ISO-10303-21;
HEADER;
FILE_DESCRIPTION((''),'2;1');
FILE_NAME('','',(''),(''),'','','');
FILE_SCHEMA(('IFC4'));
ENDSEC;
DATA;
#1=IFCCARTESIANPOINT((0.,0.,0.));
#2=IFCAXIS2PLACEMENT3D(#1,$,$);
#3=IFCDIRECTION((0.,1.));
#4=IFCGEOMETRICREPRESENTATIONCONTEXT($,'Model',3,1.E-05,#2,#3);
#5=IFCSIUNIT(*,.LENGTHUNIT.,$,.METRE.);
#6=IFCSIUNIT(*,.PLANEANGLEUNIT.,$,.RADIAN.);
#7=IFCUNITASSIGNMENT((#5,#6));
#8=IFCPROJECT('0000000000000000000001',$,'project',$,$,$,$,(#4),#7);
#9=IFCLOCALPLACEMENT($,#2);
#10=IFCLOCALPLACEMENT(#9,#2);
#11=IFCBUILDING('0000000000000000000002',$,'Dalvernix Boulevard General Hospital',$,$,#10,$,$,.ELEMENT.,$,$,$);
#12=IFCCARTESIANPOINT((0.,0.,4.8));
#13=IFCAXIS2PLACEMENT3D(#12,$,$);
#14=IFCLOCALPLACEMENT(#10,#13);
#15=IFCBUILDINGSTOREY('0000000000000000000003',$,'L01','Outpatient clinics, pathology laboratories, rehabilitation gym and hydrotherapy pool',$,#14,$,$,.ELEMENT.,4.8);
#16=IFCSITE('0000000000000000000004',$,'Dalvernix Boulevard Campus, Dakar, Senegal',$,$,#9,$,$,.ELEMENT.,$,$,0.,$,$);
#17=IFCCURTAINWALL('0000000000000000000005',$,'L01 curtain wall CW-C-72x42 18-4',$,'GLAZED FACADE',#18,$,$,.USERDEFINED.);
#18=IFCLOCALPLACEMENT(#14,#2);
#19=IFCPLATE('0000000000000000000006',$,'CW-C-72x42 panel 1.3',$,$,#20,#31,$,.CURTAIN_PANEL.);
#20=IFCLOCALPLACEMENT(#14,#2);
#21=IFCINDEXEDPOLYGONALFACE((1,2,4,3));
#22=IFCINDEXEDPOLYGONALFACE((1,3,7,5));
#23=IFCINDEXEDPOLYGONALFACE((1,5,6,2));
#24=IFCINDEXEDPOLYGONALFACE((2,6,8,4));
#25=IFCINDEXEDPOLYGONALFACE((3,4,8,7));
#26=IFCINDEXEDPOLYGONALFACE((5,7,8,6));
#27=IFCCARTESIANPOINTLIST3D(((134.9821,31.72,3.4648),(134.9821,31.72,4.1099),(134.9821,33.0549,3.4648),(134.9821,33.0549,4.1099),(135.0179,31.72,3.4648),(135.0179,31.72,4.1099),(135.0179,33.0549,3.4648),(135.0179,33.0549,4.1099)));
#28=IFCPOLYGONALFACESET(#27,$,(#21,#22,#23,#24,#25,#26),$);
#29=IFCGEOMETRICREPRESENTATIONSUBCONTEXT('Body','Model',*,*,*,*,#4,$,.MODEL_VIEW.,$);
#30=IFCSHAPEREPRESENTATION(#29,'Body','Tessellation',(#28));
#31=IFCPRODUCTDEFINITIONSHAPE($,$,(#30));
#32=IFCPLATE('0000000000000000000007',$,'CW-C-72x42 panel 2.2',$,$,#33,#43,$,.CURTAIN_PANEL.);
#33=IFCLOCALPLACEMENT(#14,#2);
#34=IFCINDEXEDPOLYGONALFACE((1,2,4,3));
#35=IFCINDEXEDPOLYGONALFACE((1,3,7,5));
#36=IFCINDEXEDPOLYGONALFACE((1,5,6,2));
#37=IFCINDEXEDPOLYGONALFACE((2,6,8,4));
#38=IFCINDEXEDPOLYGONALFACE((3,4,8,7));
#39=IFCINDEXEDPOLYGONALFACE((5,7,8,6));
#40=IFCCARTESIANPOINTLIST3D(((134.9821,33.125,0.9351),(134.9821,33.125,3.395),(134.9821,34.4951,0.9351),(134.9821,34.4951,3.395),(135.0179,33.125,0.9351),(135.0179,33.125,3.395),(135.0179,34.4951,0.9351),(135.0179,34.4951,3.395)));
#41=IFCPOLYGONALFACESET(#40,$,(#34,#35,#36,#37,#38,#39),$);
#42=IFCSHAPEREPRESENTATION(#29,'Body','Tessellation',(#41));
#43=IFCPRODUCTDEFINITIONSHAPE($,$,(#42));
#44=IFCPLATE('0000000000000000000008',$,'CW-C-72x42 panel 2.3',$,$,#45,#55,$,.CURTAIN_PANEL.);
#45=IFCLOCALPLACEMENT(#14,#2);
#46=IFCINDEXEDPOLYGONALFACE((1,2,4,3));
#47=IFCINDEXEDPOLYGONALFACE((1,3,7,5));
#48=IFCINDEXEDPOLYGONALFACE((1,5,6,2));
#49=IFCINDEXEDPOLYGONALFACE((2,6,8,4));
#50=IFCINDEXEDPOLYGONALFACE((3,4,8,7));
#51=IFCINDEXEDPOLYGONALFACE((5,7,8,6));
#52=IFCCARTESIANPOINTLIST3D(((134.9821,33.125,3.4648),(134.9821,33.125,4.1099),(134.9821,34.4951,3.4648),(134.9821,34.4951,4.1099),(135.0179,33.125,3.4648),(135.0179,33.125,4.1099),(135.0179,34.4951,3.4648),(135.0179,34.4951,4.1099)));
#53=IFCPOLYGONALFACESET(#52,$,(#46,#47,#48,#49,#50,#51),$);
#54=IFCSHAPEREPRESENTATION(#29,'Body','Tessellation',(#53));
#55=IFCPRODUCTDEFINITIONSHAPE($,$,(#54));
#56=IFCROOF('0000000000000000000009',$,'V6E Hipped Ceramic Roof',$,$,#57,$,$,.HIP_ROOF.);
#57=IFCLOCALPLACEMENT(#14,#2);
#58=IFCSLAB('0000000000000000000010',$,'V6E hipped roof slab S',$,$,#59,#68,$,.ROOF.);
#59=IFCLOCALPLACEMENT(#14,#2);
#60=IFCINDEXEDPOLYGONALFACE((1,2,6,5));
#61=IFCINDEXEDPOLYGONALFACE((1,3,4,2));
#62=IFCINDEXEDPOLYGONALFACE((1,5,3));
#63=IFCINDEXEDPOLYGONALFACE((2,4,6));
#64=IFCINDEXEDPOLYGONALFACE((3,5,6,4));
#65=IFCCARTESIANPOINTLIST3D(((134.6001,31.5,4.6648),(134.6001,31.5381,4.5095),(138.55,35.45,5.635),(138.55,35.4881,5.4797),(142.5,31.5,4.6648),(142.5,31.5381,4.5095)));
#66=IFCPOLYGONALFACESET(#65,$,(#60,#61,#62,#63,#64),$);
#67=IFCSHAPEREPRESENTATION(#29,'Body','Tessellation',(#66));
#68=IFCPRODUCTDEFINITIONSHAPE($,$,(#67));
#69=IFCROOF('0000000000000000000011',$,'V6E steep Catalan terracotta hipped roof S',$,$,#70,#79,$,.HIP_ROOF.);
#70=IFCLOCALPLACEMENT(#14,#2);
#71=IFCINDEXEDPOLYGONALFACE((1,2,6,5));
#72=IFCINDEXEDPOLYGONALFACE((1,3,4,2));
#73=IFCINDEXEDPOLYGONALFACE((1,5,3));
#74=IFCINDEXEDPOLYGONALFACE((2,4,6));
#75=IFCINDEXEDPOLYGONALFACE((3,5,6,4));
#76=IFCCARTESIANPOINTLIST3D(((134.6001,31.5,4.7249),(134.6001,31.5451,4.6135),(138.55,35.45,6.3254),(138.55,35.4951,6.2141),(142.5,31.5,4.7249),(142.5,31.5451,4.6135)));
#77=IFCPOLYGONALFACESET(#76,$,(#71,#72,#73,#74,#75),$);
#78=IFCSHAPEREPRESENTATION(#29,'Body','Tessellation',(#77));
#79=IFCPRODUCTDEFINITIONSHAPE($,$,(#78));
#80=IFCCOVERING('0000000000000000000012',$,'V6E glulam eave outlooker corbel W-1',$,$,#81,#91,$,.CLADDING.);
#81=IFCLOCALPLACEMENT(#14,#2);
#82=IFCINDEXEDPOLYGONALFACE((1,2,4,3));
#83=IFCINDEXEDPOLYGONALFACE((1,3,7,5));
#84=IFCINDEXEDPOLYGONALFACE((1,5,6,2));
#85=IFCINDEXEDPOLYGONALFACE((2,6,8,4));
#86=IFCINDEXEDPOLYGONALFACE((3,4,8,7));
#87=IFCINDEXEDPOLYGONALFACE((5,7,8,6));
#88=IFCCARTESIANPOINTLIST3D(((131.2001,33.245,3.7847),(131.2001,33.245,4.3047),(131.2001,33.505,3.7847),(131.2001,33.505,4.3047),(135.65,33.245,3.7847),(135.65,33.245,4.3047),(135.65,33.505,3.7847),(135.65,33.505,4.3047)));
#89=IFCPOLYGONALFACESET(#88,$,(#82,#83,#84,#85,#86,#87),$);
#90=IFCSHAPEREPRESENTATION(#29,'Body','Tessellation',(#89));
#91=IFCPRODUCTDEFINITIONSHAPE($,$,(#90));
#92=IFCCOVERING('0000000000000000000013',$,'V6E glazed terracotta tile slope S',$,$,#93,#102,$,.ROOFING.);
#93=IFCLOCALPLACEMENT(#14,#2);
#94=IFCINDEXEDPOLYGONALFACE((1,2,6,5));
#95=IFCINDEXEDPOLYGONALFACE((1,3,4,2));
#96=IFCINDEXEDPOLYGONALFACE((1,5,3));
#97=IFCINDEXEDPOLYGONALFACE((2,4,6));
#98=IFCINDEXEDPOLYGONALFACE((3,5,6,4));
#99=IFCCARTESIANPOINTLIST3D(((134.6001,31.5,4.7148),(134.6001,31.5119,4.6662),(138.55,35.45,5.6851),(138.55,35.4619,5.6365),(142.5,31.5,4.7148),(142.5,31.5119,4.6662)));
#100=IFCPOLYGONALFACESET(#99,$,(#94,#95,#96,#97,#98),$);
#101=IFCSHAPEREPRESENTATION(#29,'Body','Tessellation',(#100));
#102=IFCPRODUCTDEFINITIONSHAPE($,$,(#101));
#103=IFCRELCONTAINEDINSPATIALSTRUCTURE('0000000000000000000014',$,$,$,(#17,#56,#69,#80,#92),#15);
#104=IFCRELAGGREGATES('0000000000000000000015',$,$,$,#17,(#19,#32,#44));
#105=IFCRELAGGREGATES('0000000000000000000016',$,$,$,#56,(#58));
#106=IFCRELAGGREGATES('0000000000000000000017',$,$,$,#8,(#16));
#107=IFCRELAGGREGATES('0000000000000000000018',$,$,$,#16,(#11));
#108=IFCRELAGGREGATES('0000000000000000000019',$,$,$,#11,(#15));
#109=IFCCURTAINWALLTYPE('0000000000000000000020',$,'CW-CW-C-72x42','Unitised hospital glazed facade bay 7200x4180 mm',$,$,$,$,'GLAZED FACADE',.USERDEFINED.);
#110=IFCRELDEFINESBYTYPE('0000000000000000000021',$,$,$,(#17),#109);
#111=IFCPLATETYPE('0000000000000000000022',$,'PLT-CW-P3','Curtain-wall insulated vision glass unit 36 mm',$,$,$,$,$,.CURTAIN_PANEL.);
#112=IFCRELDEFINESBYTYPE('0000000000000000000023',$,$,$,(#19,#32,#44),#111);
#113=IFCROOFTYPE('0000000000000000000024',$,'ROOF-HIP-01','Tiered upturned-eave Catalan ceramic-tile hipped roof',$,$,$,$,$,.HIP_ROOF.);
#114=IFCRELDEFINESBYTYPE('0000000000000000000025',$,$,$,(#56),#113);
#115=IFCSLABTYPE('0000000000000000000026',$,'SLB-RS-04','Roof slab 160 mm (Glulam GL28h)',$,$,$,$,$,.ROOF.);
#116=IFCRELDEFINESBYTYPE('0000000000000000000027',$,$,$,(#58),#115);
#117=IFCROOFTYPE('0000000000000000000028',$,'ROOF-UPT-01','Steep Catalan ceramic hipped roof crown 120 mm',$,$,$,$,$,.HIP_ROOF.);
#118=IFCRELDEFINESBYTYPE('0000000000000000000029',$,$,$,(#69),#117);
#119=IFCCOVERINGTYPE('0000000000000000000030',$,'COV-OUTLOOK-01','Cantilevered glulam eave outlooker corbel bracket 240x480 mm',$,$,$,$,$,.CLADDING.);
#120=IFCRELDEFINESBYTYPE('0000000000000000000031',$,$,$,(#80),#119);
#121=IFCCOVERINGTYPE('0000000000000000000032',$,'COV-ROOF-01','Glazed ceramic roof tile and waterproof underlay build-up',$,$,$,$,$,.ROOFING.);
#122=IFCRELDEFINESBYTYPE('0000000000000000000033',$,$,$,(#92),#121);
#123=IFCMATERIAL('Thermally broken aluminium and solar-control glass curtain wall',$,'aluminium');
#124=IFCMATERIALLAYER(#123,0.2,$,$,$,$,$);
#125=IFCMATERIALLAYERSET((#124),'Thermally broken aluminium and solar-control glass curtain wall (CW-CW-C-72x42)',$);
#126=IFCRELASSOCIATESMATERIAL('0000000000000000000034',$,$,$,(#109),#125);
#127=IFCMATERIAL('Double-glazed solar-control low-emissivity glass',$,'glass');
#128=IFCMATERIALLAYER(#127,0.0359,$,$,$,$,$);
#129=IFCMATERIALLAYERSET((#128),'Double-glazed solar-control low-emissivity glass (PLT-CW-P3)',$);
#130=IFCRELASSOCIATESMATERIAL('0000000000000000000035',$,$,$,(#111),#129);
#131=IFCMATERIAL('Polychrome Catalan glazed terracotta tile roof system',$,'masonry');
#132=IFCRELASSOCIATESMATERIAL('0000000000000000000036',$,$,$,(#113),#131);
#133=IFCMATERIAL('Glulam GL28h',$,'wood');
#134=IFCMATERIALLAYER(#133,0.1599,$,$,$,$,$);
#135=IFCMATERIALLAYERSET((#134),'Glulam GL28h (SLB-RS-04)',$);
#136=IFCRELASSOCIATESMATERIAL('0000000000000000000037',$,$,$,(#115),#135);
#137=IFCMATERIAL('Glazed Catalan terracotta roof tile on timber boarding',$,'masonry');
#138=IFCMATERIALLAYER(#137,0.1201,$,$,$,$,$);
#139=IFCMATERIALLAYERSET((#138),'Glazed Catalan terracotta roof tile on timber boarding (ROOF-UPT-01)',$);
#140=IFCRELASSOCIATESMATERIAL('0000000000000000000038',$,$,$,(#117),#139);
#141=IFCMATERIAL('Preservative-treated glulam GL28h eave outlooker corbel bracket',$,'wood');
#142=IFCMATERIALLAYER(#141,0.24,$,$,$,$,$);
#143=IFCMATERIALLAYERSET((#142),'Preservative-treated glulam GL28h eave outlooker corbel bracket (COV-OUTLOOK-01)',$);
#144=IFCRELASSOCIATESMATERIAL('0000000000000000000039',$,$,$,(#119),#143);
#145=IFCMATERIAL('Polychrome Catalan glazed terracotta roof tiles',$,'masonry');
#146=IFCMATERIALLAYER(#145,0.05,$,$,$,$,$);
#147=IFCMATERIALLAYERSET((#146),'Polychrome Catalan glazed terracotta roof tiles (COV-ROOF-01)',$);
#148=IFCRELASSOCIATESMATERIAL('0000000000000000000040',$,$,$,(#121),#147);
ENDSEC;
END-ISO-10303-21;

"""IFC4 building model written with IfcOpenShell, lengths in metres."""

from ifc_helpers import new_model, si_unit, direction, frame, origin, origin_2d, place, context, subcontext, project, spatial, polyline, rectangle, outline, extrude, material, layer, layer_set, type_object, element, aggregate, save


model = new_model("IFC4")

# Units and contexts
model_context = context("Model", 3, precision=1e-05, world=origin(), true_north=direction((0.0, 1.0)))
body_context = subcontext(model_context, "Body", "Model", "MODEL_VIEW")
ifc_project = project(units=[si_unit("LENGTHUNIT", "METRE"), si_unit("PLANEANGLEUNIT", "RADIAN")], contexts=[model_context])

# Site, building, storey
site_placement = place(None, origin())
site = spatial("IfcSite", under=ifc_project, at=site_placement, Name="Dalvernix Boulevard Campus, Dakar, Senegal", CompositionType="ELEMENT", RefElevation=0.0)
building_placement = place(site_placement, origin())
building = spatial("IfcBuilding", under=site, at=building_placement, Name="Dalvernix Boulevard General Hospital", CompositionType="ELEMENT")
storey_placement = place(building_placement, frame((0.0, 0.0, 4.8)))
storey = spatial("IfcBuildingStorey", under=building, at=storey_placement, Name="L01", Description="Outpatient clinics, pathology laboratories, rehabilitation gym and hydrotherapy pool", CompositionType="ELEMENT", Elevation=4.8)

# Curtain wall
ifc_material_1 = material(Name="Thermally broken aluminium and solar-control glass curtain wall", Category="aluminium")
ifc_layer_1 = layer(ifc_material_1, 0.2)
ifc_layer_set_1 = layer_set([ifc_layer_1], Name="Thermally broken aluminium and solar-control glass curtain wall (CW-CW-C-72x42)")
curtain_wall_type_1 = type_object("IfcCurtainWallType", Name="CW-CW-C-72x42", Description="Unitised hospital glazed facade bay 7200x4180 mm", ElementType="GLAZED FACADE", PredefinedType="USERDEFINED", material=ifc_layer_set_1)
curtain_wall_1_placement = place(storey_placement, origin())
curtain_wall_1 = element("IfcCurtainWall", 1, at=curtain_wall_1_placement, inside=storey, type_object=curtain_wall_type_1, Name="L01 curtain wall CW-C-72x42 18-4", ObjectType="GLAZED FACADE", PredefinedType="USERDEFINED")

# Plates
ifc_material_2 = material(Name="Double-glazed solar-control low-emissivity glass", Category="glass")
ifc_layer_2 = layer(ifc_material_2, 0.0359)
ifc_layer_set_2 = layer_set([ifc_layer_2], Name="Double-glazed solar-control low-emissivity glass (PLT-CW-P3)")
plate_type_1 = type_object("IfcPlateType", Name="PLT-CW-P3", Description="Curtain-wall insulated vision glass unit 36 mm", PredefinedType="CURTAIN_PANEL", material=ifc_layer_set_2)
plate_1_placement = place(storey_placement, frame((135.0, 32.3875, 3.4648), z_axis=(0.0, 0.0, 1.0), x_axis=(0.0, 1.0, 0.0)))
plate_1 = element("IfcPlate", 2, at=plate_1_placement, type_object=plate_type_1, Name="CW-C-72x42 panel 1.3", PredefinedType="CURTAIN_PANEL", context=body_context, shape_type="SweptSolid", body=[
    extrude(rectangle(XDim=1.335, YDim=0.0359, at=origin_2d()), origin(), (0.0, 0.0, 1.0), 0.645),
])
plate_2_placement = place(storey_placement, frame((135.0, 33.8101, 0.9351), z_axis=(0.0, 0.0, 1.0), x_axis=(0.0, 1.0, 0.0)))
plate_2 = element("IfcPlate", 3, at=plate_2_placement, type_object=plate_type_1, Name="CW-C-72x42 panel 2.2", PredefinedType="CURTAIN_PANEL", context=body_context, shape_type="SweptSolid", body=[
    extrude(rectangle(XDim=1.3701, YDim=0.0359, at=origin_2d()), origin(), (0.0, 0.0, 1.0), 2.46),
])
plate_3_placement = place(storey_placement, frame((135.0, 33.8101, 3.4648), z_axis=(0.0, 0.0, 1.0), x_axis=(0.0, 1.0, 0.0)))
plate_3 = element("IfcPlate", 4, at=plate_3_placement, type_object=plate_type_1, Name="CW-C-72x42 panel 2.3", PredefinedType="CURTAIN_PANEL", context=body_context, shape_type="SweptSolid", body=[
    extrude(rectangle(XDim=1.3701, YDim=0.0359, at=origin_2d()), origin(), (0.0, 0.0, 1.0), 0.645),
])
aggregate(curtain_wall_1, [plate_1, plate_2, plate_3])

# Roof, slab
ifc_material_3 = material(Name="Polychrome Catalan glazed terracotta tile roof system", Category="masonry")
roof_type_1 = type_object("IfcRoofType", Name="ROOF-HIP-01", Description="Tiered upturned-eave Catalan ceramic-tile hipped roof", PredefinedType="HIP_ROOF", material=ifc_material_3)
roof_1_placement = place(storey_placement, origin())
roof_1 = element("IfcRoof", 5, at=roof_1_placement, inside=storey, type_object=roof_type_1, Name="V6E Hipped Ceramic Roof", PredefinedType="HIP_ROOF")
ifc_material_4 = material(Name="Glulam GL28h", Category="wood")
ifc_layer_3 = layer(ifc_material_4, 0.1599)
ifc_layer_set_3 = layer_set([ifc_layer_3], Name="Glulam GL28h (SLB-RS-04)")
slab_type = type_object("IfcSlabType", Name="SLB-RS-04", Description="Roof slab 160 mm (Glulam GL28h)", PredefinedType="ROOF", material=ifc_layer_set_3)
slab_placement = place(storey_placement, frame((134.6001, 31.5, 4.6648), z_axis=(0.0, -0.238537, 0.971133), x_axis=(1.0, 0.0, 0.0)))
slab = element("IfcSlab", 6, at=slab_placement, type_object=slab_type, Name="V6E hipped roof slab S", PredefinedType="ROOF", context=body_context, shape_type="SweptSolid", body=[
    extrude(outline(polyline([(0.0, 0.0), (7.8999, 0.0), (3.95, 4.0674), (0.0, 0.0)])), origin(), (0.0, 0.0, -1.0), 0.1599),
])
aggregate(roof_1, [slab])

# Roof
ifc_material_5 = material(Name="Glazed Catalan terracotta roof tile on timber boarding", Category="masonry")
ifc_layer_4 = layer(ifc_material_5, 0.1201)
ifc_layer_set_4 = layer_set([ifc_layer_4], Name="Glazed Catalan terracotta roof tile on timber boarding (ROOF-UPT-01)")
roof_type_2 = type_object("IfcRoofType", Name="ROOF-UPT-01", Description="Steep Catalan ceramic hipped roof crown 120 mm", PredefinedType="HIP_ROOF", material=ifc_layer_set_4)
roof_2_placement = place(storey_placement, frame((134.6001, 31.5, 4.7249), z_axis=(0.0, -0.375555, 0.9268), x_axis=(1.0, 0.0, 0.0)))
element("IfcRoof", 7, at=roof_2_placement, inside=storey, type_object=roof_type_2, Name="V6E steep Catalan terracotta hipped roof S", PredefinedType="HIP_ROOF", context=body_context, shape_type="SweptSolid", body=[
    extrude(outline(polyline([(0.0, 0.0), (7.8999, 0.0), (3.95, 4.2619), (0.0, 0.0)])), origin(), (0.0, 0.0, -1.0), 0.1201),
])

# Coverings
ifc_material_6 = material(Name="Preservative-treated glulam GL28h eave outlooker corbel bracket", Category="wood")
ifc_layer_5 = layer(ifc_material_6, 0.24)
ifc_layer_set_5 = layer_set([ifc_layer_5], Name="Preservative-treated glulam GL28h eave outlooker corbel bracket (COV-OUTLOOK-01)")
covering_type_1 = type_object("IfcCoveringType", Name="COV-OUTLOOK-01", Description="Cantilevered glulam eave outlooker corbel bracket 240x480 mm", PredefinedType="CLADDING", material=ifc_layer_set_5)
covering_1_placement = place(storey_placement, frame((133.425, 33.375, 3.7847), z_axis=(0.0, 0.0, 1.0), x_axis=(1.0, 0.0, 0.0)))
element("IfcCovering", 8, at=covering_1_placement, inside=storey, type_object=covering_type_1, Name="V6E glulam eave outlooker corbel W-1", PredefinedType="CLADDING", context=body_context, shape_type="SweptSolid", body=[
    extrude(rectangle(XDim=4.45, YDim=0.26, at=origin_2d()), origin(), (0.0, 0.0, 1.0), 0.52),
])
ifc_material_7 = material(Name="Polychrome Catalan glazed terracotta roof tiles", Category="masonry")
ifc_layer_6 = layer(ifc_material_7, 0.05)
ifc_layer_set_6 = layer_set([ifc_layer_6], Name="Polychrome Catalan glazed terracotta roof tiles (COV-ROOF-01)")
covering_type_2 = type_object("IfcCoveringType", Name="COV-ROOF-01", Description="Glazed ceramic roof tile and waterproof underlay build-up", PredefinedType="ROOFING", material=ifc_layer_set_6)
covering_2_placement = place(storey_placement, frame((134.6001, 31.5, 4.7148), z_axis=(0.0, -0.238537, 0.971133), x_axis=(1.0, 0.0, 0.0)))
element("IfcCovering", 9, at=covering_2_placement, inside=storey, type_object=covering_type_2, Name="V6E glazed terracotta tile slope S", PredefinedType="ROOFING", context=body_context, shape_type="SweptSolid", body=[
    extrude(outline(polyline([(0.0, 0.0), (7.8999, 0.0), (3.95, 4.0674), (0.0, 0.0)])), origin(), (0.0, 0.0, -1.0), 0.05),
])

save(model, "model.ifc")
